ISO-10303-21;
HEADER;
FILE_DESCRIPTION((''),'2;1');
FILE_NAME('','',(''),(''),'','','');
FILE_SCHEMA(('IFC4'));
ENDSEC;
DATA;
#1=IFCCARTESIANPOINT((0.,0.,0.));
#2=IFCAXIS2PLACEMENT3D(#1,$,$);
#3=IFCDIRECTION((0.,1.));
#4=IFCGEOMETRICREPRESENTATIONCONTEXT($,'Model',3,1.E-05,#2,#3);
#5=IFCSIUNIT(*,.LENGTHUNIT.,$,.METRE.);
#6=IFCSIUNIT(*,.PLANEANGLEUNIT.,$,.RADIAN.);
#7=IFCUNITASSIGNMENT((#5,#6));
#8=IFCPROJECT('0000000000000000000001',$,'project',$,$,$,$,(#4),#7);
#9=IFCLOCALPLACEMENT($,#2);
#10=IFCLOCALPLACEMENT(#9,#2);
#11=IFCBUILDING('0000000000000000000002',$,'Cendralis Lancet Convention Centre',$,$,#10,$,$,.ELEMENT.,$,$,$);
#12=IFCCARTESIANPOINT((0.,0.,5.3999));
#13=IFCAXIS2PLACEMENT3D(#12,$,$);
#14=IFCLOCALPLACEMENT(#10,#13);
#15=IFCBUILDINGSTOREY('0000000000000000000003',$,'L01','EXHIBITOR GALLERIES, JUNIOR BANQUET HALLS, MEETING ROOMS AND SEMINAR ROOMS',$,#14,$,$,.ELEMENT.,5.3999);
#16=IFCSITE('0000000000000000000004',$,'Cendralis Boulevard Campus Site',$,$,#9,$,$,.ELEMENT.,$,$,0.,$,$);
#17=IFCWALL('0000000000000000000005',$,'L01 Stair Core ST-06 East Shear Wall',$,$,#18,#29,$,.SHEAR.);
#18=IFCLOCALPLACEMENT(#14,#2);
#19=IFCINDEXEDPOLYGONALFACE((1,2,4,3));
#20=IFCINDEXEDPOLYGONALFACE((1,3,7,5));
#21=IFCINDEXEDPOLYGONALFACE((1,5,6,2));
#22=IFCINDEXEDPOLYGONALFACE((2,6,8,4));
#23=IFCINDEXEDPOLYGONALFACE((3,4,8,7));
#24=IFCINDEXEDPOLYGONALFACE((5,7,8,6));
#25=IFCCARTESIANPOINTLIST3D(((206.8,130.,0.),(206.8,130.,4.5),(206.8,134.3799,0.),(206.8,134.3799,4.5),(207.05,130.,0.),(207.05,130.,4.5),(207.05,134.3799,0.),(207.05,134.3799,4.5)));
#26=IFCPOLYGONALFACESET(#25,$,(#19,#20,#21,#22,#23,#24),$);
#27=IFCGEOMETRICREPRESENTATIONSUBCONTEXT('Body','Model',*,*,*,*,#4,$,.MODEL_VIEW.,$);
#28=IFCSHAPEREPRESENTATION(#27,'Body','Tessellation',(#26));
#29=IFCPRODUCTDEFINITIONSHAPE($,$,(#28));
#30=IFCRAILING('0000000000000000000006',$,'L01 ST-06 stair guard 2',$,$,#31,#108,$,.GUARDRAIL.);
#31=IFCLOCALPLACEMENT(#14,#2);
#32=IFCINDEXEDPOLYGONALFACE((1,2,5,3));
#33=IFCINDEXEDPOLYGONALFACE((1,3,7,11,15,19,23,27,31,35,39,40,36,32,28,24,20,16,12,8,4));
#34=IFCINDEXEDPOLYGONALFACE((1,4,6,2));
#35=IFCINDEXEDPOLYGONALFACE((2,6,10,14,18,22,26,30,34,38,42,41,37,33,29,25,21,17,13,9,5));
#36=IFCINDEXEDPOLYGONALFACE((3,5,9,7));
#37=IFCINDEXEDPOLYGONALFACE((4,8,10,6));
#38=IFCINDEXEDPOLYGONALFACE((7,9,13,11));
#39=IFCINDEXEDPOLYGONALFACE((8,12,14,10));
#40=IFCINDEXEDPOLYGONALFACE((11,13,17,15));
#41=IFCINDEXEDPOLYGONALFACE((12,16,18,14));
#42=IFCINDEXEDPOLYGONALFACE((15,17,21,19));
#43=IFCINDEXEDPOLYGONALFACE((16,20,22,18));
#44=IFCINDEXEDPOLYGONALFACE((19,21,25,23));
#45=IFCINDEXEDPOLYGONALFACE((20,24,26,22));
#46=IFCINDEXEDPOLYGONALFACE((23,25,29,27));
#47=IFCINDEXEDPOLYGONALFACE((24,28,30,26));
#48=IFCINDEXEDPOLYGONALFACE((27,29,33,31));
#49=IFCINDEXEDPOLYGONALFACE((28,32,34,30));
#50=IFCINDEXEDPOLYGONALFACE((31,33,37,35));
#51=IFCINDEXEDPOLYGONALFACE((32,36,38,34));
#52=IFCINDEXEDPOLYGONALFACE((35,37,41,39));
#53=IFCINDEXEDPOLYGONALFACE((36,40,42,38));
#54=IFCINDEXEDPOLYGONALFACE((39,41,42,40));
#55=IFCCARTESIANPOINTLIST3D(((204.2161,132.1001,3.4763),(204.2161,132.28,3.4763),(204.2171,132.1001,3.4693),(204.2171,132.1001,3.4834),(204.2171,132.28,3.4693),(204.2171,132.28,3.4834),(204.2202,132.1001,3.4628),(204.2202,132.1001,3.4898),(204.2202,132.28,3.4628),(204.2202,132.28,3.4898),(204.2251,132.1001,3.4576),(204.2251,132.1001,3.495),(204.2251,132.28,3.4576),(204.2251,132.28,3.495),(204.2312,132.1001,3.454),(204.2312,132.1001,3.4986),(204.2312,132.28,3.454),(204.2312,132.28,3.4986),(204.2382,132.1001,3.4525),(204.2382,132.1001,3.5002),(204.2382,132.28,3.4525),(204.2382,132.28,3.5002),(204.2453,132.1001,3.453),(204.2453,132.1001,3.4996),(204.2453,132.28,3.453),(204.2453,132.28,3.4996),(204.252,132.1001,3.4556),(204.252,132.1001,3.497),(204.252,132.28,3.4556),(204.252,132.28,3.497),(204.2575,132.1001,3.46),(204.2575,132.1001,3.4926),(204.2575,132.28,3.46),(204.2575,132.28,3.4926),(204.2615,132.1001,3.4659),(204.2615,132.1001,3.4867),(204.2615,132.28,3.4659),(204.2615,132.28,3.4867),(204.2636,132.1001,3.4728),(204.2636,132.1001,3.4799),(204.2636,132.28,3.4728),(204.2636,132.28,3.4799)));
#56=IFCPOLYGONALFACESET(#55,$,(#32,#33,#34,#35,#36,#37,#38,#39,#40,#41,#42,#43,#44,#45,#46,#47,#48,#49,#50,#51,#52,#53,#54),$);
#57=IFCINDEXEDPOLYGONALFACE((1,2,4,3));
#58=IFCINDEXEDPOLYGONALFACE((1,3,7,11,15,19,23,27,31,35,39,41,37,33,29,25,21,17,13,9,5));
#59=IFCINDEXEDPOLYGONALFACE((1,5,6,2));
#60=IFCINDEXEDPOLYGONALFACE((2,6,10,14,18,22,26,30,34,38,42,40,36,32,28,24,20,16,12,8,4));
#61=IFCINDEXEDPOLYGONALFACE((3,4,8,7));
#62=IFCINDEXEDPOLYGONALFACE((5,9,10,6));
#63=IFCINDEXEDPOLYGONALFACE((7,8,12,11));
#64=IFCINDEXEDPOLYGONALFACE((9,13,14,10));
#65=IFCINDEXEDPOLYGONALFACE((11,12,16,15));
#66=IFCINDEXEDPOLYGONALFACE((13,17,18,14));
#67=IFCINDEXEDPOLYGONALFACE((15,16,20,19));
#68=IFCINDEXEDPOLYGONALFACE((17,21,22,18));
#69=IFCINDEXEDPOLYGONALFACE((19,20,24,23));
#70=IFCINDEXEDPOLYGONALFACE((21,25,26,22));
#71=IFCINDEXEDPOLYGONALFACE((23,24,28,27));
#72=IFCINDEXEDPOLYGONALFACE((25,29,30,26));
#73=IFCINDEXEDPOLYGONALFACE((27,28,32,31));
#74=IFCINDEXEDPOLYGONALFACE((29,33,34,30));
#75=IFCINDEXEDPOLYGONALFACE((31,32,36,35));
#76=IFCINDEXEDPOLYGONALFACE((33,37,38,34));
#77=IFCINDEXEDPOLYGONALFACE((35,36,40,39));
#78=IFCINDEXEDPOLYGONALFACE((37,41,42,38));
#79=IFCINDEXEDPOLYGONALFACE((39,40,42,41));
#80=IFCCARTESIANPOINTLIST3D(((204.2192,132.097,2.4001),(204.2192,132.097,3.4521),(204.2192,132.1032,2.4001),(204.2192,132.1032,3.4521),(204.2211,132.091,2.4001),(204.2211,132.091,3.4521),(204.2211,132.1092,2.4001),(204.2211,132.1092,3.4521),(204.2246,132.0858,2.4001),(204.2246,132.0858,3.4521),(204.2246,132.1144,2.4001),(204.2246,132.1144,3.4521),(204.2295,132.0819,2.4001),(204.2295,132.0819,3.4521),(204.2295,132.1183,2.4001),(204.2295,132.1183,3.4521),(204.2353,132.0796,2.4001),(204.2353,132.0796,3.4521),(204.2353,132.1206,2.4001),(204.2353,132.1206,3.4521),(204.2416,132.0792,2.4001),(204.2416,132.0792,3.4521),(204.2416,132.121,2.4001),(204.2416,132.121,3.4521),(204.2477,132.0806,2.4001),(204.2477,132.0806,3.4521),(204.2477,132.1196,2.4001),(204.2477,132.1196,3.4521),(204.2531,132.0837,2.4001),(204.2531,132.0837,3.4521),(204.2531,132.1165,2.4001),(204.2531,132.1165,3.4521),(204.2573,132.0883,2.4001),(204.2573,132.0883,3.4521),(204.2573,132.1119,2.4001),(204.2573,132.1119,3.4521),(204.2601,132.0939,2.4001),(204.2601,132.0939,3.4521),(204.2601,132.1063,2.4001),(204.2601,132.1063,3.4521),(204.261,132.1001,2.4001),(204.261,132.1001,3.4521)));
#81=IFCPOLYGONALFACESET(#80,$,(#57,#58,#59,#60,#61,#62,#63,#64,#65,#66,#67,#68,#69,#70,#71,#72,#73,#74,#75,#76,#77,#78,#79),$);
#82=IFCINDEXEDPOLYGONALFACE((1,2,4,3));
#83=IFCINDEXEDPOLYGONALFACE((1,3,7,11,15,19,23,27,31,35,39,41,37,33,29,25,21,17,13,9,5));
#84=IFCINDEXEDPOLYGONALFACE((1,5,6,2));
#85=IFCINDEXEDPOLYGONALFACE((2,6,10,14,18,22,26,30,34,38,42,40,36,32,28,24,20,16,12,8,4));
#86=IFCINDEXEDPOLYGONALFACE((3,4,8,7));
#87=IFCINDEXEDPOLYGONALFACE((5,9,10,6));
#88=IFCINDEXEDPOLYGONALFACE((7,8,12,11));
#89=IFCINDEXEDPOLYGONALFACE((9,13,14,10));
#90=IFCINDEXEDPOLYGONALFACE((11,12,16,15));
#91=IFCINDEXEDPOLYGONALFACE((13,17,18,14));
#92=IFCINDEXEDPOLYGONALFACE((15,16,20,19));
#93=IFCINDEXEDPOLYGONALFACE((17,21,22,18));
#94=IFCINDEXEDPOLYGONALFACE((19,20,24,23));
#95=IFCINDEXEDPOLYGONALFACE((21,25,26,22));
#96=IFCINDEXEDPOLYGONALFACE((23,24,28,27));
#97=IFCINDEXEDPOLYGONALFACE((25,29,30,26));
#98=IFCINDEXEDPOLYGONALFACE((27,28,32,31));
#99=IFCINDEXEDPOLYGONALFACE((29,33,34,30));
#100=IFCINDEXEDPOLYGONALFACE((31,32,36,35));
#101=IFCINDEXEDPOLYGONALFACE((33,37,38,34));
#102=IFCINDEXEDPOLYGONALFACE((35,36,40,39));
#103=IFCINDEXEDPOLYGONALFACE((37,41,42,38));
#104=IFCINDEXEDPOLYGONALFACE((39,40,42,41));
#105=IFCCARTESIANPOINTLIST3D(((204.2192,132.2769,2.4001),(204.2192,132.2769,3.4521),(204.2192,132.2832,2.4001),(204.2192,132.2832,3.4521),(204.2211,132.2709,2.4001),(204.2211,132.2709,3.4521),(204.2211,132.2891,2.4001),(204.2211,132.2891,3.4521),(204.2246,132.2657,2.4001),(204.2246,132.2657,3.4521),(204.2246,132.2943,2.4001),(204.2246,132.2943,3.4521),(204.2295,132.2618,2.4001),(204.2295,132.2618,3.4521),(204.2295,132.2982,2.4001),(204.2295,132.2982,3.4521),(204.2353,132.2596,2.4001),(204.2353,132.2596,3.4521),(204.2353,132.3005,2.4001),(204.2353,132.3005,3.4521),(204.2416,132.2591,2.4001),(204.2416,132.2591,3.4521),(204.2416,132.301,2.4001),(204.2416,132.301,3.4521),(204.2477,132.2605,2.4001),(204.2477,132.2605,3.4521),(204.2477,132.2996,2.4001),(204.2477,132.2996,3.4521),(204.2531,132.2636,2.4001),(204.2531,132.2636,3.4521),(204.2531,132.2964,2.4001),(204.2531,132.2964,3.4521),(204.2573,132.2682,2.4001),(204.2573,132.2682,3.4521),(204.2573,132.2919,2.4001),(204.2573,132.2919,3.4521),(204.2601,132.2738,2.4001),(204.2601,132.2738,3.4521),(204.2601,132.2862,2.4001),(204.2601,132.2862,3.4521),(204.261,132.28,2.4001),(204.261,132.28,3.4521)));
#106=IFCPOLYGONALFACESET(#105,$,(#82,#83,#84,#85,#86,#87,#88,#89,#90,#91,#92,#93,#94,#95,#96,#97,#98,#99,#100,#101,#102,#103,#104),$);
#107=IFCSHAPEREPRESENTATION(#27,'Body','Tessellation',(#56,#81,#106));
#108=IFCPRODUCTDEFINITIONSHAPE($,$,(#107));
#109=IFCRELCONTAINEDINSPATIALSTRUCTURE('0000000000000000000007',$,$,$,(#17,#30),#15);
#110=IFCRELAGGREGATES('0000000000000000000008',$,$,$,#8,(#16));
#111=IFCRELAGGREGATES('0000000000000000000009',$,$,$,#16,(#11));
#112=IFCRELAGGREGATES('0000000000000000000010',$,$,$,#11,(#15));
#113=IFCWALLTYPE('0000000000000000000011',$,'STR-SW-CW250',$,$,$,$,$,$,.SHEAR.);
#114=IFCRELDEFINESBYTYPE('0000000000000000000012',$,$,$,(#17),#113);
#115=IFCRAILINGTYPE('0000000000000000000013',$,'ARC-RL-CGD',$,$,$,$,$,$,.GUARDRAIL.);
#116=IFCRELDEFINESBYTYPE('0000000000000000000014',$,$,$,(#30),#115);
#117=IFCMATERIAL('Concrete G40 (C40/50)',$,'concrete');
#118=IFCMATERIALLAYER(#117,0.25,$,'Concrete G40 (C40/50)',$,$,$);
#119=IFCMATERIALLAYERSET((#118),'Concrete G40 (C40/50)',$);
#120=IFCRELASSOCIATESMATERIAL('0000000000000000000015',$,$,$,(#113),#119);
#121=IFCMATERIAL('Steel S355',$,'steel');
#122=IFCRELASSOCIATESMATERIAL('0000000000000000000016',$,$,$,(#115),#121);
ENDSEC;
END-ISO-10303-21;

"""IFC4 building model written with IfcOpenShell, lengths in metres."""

from ifc_helpers import new_model, si_unit, direction, frame, frame_2d, origin, origin_2d, place, context, subcontext, project, spatial, rectangle, circle, extrude, material, layer, layer_set, type_object, element, save


model = new_model("IFC4")

# Units and contexts
model_context = context("Model", 3, precision=1e-05, world=origin(), true_north=direction((0.0, 1.0)))
body_context = subcontext(model_context, "Body", "Model", "MODEL_VIEW")
ifc_project = project(units=[si_unit("LENGTHUNIT", "METRE"), si_unit("PLANEANGLEUNIT", "RADIAN")], contexts=[model_context])

# Site, building, storey
site_placement = place(None, origin())
site = spatial("IfcSite", under=ifc_project, at=site_placement, Name="Cendralis Boulevard Campus Site", CompositionType="ELEMENT", RefElevation=0.0)
building_placement = place(site_placement, origin())
building = spatial("IfcBuilding", under=site, at=building_placement, Name="Cendralis Lancet Convention Centre", CompositionType="ELEMENT")
storey_placement = place(building_placement, frame((0.0, 0.0, 5.3999)))
storey = spatial("IfcBuildingStorey", under=building, at=storey_placement, Name="L01", Description="EXHIBITOR GALLERIES, JUNIOR BANQUET HALLS, MEETING ROOMS AND SEMINAR ROOMS", CompositionType="ELEMENT", Elevation=5.3999)

# Shared definitions
ifc_material_1 = material(Name="Steel S355", Category="steel")

# Shared definitions
ifc_material_2 = material(Name="Concrete G40 (C40/50)", Category="concrete")

# Wall
ifc_layer_1 = layer(ifc_material_2, 0.25, Name="Concrete G40 (C40/50)")
ifc_layer_set_1 = layer_set([ifc_layer_1], Name="Concrete G40 (C40/50)")
wall_type = type_object("IfcWallType", Name="STR-SW-CW250", PredefinedType="SHEAR", material=ifc_layer_set_1)
wall_placement = place(storey_placement, frame((206.925, 130.0, 0.0), z_axis=(0.0, 0.0, 1.0), x_axis=(0.0, 1.0, 0.0)))
element("IfcWall", 1, at=wall_placement, inside=storey, type_object=wall_type, Name="L01 Stair Core ST-06 East Shear Wall", PredefinedType="SHEAR", context=body_context, shape_type="SweptSolid", body=[
    extrude(rectangle(XDim=4.3799, YDim=0.25, at=frame_2d((2.1899, 0.0))), origin(), (0.0, 0.0, 1.0), 4.5),
])

# Railing
railing_type_1 = type_object("IfcRailingType", Name="ARC-RL-CGD", PredefinedType="GUARDRAIL", material=ifc_material_1)
railing_1_placement = place(storey_placement, frame((204.24, 132.1001, 2.4001)))
element("IfcRailing", 2, at=railing_1_placement, inside=storey, type_object=railing_type_1, Name="L01 ST-06 stair guard 2", PredefinedType="GUARDRAIL", context=body_context, shape_type="SweptSolid", body=[
    extrude(circle(Radius=0.0239, at=origin_2d()), frame((0.0, 0.0, 1.0762), z_axis=(0.0, 1.0, 0.0), x_axis=(-1.0, 0.0, 0.0)), (0.0, 0.0, 1.0), 0.1799),
    extrude(circle(Radius=0.021, at=origin_2d()), origin(), (0.0, 0.0, 1.0), 1.052),
    extrude(circle(Radius=0.021, at=origin_2d()), frame((0.0, 0.1799, 0.0)), (0.0, 0.0, 1.0), 1.052),
])

save(model, "model.ifc")
